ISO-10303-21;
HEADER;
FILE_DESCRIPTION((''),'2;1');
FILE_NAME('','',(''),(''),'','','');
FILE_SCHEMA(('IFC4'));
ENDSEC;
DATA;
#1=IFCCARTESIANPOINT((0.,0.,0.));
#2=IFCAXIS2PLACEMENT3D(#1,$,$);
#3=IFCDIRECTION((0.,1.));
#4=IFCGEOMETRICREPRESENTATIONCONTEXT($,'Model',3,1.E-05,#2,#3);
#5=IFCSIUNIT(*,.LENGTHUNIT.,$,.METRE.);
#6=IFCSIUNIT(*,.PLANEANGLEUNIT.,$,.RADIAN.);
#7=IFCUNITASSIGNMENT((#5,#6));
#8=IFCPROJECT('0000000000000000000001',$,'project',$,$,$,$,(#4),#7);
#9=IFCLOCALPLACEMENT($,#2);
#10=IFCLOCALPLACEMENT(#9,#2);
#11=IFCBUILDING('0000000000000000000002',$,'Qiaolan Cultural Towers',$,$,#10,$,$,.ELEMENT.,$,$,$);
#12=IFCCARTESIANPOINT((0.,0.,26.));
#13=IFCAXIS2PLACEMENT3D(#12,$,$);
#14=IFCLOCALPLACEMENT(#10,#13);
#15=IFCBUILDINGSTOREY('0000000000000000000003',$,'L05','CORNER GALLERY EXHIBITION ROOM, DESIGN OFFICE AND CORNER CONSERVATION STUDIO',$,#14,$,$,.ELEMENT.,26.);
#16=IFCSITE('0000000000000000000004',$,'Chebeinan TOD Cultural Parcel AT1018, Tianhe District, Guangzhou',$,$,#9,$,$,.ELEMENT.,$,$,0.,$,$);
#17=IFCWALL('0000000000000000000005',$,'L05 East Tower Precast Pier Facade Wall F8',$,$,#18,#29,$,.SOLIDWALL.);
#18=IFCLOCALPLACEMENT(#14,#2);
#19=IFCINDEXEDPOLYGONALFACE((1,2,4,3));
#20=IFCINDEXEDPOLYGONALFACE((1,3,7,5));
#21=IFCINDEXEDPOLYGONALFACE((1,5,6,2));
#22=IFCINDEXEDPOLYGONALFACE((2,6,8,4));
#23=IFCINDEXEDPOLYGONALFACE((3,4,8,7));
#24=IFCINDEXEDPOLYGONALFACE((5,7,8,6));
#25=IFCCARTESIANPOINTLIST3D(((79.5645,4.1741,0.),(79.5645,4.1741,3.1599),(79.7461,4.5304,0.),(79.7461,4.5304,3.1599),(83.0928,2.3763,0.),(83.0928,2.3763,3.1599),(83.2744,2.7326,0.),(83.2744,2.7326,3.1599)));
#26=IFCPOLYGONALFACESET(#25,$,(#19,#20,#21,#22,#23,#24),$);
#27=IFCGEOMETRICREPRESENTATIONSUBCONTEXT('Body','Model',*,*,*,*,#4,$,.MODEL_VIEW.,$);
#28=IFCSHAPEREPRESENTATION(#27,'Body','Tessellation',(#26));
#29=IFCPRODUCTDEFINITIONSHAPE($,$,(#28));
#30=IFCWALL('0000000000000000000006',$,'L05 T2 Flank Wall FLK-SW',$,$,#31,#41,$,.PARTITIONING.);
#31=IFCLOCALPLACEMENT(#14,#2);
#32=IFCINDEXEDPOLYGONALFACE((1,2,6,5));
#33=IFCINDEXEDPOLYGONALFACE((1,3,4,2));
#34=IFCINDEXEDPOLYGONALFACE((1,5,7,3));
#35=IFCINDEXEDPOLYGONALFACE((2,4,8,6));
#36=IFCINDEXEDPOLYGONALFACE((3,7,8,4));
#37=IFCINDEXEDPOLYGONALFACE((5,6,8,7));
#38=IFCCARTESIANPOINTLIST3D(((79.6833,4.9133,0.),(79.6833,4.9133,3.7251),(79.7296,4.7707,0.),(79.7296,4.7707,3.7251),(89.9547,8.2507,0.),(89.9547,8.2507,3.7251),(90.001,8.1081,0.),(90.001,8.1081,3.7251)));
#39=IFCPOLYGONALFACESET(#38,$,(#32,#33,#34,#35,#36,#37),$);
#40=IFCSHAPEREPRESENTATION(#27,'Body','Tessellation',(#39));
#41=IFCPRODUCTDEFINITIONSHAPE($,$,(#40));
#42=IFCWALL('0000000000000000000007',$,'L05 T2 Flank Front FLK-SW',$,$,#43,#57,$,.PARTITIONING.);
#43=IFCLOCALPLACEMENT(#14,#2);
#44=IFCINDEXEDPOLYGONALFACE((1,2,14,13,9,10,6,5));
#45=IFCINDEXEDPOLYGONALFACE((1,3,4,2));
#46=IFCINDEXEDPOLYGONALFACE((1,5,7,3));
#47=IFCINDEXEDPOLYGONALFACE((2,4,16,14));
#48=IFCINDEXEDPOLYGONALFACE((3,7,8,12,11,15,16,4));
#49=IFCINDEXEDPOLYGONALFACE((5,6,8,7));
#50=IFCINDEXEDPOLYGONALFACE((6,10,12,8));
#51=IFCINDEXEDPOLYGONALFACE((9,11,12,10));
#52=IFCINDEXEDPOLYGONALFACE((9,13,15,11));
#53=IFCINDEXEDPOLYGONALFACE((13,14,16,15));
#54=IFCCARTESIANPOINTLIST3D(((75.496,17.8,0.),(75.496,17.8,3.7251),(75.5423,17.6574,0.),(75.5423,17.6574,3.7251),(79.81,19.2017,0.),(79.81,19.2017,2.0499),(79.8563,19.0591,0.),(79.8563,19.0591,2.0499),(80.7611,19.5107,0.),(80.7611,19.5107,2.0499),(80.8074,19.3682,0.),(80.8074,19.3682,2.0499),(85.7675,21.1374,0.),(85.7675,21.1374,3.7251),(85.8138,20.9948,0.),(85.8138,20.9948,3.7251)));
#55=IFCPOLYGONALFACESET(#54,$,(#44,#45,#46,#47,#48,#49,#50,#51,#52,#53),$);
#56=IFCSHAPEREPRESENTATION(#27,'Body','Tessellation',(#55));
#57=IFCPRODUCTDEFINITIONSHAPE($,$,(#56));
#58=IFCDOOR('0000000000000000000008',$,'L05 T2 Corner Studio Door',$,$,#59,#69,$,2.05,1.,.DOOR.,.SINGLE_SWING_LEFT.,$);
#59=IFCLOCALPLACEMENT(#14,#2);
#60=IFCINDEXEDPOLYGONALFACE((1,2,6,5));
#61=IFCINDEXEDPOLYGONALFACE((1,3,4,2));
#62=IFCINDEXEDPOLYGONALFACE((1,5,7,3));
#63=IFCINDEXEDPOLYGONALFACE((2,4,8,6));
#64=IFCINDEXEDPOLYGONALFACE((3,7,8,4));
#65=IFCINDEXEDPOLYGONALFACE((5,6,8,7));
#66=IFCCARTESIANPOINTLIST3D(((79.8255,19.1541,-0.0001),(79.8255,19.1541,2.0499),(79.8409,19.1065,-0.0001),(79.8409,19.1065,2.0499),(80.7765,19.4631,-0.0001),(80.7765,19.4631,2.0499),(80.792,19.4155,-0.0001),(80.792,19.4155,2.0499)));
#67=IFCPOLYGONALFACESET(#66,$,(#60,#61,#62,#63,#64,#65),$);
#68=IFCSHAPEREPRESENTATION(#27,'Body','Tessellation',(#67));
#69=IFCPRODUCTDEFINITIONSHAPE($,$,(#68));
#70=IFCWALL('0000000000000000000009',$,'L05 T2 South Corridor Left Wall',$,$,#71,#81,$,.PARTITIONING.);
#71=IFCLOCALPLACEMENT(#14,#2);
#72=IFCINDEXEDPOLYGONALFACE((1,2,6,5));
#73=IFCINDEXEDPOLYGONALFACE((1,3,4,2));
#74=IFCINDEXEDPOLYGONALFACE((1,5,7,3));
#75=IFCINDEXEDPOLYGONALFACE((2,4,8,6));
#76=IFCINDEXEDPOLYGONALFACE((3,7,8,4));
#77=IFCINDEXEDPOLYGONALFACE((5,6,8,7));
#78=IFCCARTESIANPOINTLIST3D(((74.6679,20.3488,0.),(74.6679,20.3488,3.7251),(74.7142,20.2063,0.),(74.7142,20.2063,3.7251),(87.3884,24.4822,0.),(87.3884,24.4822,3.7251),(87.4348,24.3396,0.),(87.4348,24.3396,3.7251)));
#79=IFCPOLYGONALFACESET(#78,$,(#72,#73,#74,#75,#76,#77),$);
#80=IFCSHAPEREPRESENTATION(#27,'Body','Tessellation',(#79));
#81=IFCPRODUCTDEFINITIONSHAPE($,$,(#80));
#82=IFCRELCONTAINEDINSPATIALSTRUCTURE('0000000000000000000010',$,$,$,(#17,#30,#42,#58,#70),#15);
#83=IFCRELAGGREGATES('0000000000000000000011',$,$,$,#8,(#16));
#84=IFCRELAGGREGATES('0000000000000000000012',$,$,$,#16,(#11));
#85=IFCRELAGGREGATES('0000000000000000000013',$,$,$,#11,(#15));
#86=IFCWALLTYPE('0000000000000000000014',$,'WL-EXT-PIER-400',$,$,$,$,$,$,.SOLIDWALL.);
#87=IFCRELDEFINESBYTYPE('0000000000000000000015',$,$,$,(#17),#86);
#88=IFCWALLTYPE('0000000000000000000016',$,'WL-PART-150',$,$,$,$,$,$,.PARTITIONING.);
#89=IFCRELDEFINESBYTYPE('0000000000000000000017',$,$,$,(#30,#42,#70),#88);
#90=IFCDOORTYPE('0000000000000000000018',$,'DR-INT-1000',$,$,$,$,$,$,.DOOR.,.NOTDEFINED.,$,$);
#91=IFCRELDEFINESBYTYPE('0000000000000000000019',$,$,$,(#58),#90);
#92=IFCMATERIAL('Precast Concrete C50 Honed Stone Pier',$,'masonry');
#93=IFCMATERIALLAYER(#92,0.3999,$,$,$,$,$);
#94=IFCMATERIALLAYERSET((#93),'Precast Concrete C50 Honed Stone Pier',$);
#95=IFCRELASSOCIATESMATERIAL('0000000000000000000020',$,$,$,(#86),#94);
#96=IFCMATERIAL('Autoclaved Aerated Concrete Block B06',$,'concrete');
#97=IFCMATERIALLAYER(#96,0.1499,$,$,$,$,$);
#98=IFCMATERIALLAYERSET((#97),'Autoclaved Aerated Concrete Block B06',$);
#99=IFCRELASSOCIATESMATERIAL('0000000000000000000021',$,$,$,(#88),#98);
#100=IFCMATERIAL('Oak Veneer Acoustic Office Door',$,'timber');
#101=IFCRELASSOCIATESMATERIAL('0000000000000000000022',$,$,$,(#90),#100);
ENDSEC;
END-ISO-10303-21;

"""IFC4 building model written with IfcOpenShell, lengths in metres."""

from ifc_helpers import new_model, si_unit, direction, frame, frame_2d, origin, place, context, subcontext, project, spatial, rectangle, extrude, material, layer, layer_set, type_object, element, fill, save


model = new_model("IFC4")

# Units and contexts
model_context = context("Model", 3, precision=1e-05, world=origin(), true_north=direction((0.0, 1.0)))
body_context = subcontext(model_context, "Body", "Model", "MODEL_VIEW")
ifc_project = project(units=[si_unit("LENGTHUNIT", "METRE"), si_unit("PLANEANGLEUNIT", "RADIAN")], contexts=[model_context])

# Site, building, storey
site_placement = place(None, origin())
site = spatial("IfcSite", under=ifc_project, at=site_placement, Name="Chebeinan TOD Cultural Parcel AT1018, Tianhe District, Guangzhou", CompositionType="ELEMENT", RefElevation=0.0)
building_placement = place(site_placement, origin())
building = spatial("IfcBuilding", under=site, at=building_placement, Name="Qiaolan Cultural Towers", CompositionType="ELEMENT")
storey_placement = place(building_placement, frame((0.0, 0.0, 26.0)))
storey = spatial("IfcBuildingStorey", under=building, at=storey_placement, Name="L05", Description="CORNER GALLERY EXHIBITION ROOM, DESIGN OFFICE AND CORNER CONSERVATION STUDIO", CompositionType="ELEMENT", Elevation=26.0)

# Shared definitions
ifc_material_1 = material(Name="Precast Concrete C50 Honed Stone Pier", Category="masonry")
ifc_layer_1 = layer(ifc_material_1, 0.3999)
ifc_layer_set_1 = layer_set([ifc_layer_1], Name="Precast Concrete C50 Honed Stone Pier")
wall_type_1 = type_object("IfcWallType", Name="WL-EXT-PIER-400", PredefinedType="SOLIDWALL", material=ifc_layer_set_1)

# Walls
wall_1_placement = place(storey_placement, frame((83.1836, 2.5544, 0.0), z_axis=(0.0, 0.0, 1.0), x_axis=(-0.890998, 0.454007, 0.0)))
element("IfcWall", 1, at=wall_1_placement, inside=storey, type_object=wall_type_1, Name="L05 East Tower Precast Pier Facade Wall F8", PredefinedType="SOLIDWALL", context=body_context, shape_type="SweptSolid", body=[
    extrude(rectangle(XDim=3.96, YDim=0.3999, at=frame_2d((1.98, 0.0))), origin(), (0.0, 0.0, 1.0), 3.1599),
])
ifc_material_2 = material(Name="Autoclaved Aerated Concrete Block B06", Category="concrete")
ifc_layer_2 = layer(ifc_material_2, 0.1499)
ifc_layer_set_2 = layer_set([ifc_layer_2], Name="Autoclaved Aerated Concrete Block B06")
wall_type_2 = type_object("IfcWallType", Name="WL-PART-150", PredefinedType="PARTITIONING", material=ifc_layer_set_2)
wall_2_placement = place(storey_placement, frame((79.7065, 4.842, 0.0), z_axis=(0.0, 0.0, 1.0), x_axis=(0.951057, 0.309017, 0.0)))
element("IfcWall", 2, at=wall_2_placement, inside=storey, type_object=wall_type_2, Name="L05 T2 Flank Wall FLK-SW", PredefinedType="PARTITIONING", context=body_context, shape_type="SweptSolid", body=[
    extrude(rectangle(XDim=10.8, YDim=0.1499, at=frame_2d((5.3999, 0.0))), origin(), (0.0, 0.0, 1.0), 3.7251),
])

# Wall, opening, door
wall_3_placement = place(storey_placement, frame((75.5193, 17.7288, 0.0), z_axis=(0.0, 0.0, 1.0), x_axis=(0.951057, 0.309017, 0.0)))
wall_3 = element("IfcWall", 3, at=wall_3_placement, inside=storey, type_object=wall_type_2, Name="L05 T2 Flank Front FLK-SW", PredefinedType="PARTITIONING", context=body_context, shape_type="SweptSolid", body=[
    extrude(rectangle(XDim=10.8, YDim=0.1499, at=frame_2d((5.3999, 0.0))), origin(), (0.0, 0.0, 1.0), 3.7251),
])
opening_1_placement = place(wall_3_placement, frame((4.5359, 0.0, 0.0)))
opening_1 = element("IfcOpeningElement", 4, at=opening_1_placement, cuts=wall_3, PredefinedType="OPENING", context=body_context, shape_type="SweptSolid", body=[
    extrude(rectangle(XDim=1.0, YDim=2.05, at=frame_2d((0.5, 1.0249))), frame((0.0, 0.085, 0.0), z_axis=(0.0, -1.0, 0.0), x_axis=(1.0, 0.0, 0.0)), (0.0, 0.0, 1.0), 0.1699),
])
ifc_material_3 = material(Name="Oak Veneer Acoustic Office Door", Category="timber")
door_type = type_object("IfcDoorType", Name="DR-INT-1000", OperationType="NOTDEFINED", PredefinedType="DOOR", material=ifc_material_3)
door_placement = place(opening_1_placement, origin())
door = element("IfcDoor", 5, at=door_placement, inside=storey, type_object=door_type, Name="L05 T2 Corner Studio Door", OperationType="SINGLE_SWING_LEFT", OverallHeight=2.05, OverallWidth=1.0, PredefinedType="DOOR", context=body_context, shape_type="SweptSolid", body=[
    extrude(rectangle(XDim=1.0, YDim=2.05, at=frame_2d((0.5, 1.0249))), frame((0.0, 0.0249, 0.0), z_axis=(0.0, -1.0, 0.0), x_axis=(1.0, 0.0, 0.0)), (0.0, 0.0, 1.0), 0.05),
])
fill(opening_1, door)

# Wall
wall_4_placement = place(storey_placement, frame((74.6912, 20.2776, 0.0), z_axis=(0.0, 0.0, 1.0), x_axis=(0.951053, 0.309029, 0.0)))
element("IfcWall", 6, at=wall_4_placement, inside=storey, type_object=wall_type_2, Name="L05 T2 South Corridor Left Wall", PredefinedType="PARTITIONING", context=body_context, shape_type="SweptSolid", body=[
    extrude(rectangle(XDim=13.3752, YDim=0.1499, at=frame_2d((6.6875, 0.0))), origin(), (0.0, 0.0, 1.0), 3.7251),
])

save(model, "model.ifc")
